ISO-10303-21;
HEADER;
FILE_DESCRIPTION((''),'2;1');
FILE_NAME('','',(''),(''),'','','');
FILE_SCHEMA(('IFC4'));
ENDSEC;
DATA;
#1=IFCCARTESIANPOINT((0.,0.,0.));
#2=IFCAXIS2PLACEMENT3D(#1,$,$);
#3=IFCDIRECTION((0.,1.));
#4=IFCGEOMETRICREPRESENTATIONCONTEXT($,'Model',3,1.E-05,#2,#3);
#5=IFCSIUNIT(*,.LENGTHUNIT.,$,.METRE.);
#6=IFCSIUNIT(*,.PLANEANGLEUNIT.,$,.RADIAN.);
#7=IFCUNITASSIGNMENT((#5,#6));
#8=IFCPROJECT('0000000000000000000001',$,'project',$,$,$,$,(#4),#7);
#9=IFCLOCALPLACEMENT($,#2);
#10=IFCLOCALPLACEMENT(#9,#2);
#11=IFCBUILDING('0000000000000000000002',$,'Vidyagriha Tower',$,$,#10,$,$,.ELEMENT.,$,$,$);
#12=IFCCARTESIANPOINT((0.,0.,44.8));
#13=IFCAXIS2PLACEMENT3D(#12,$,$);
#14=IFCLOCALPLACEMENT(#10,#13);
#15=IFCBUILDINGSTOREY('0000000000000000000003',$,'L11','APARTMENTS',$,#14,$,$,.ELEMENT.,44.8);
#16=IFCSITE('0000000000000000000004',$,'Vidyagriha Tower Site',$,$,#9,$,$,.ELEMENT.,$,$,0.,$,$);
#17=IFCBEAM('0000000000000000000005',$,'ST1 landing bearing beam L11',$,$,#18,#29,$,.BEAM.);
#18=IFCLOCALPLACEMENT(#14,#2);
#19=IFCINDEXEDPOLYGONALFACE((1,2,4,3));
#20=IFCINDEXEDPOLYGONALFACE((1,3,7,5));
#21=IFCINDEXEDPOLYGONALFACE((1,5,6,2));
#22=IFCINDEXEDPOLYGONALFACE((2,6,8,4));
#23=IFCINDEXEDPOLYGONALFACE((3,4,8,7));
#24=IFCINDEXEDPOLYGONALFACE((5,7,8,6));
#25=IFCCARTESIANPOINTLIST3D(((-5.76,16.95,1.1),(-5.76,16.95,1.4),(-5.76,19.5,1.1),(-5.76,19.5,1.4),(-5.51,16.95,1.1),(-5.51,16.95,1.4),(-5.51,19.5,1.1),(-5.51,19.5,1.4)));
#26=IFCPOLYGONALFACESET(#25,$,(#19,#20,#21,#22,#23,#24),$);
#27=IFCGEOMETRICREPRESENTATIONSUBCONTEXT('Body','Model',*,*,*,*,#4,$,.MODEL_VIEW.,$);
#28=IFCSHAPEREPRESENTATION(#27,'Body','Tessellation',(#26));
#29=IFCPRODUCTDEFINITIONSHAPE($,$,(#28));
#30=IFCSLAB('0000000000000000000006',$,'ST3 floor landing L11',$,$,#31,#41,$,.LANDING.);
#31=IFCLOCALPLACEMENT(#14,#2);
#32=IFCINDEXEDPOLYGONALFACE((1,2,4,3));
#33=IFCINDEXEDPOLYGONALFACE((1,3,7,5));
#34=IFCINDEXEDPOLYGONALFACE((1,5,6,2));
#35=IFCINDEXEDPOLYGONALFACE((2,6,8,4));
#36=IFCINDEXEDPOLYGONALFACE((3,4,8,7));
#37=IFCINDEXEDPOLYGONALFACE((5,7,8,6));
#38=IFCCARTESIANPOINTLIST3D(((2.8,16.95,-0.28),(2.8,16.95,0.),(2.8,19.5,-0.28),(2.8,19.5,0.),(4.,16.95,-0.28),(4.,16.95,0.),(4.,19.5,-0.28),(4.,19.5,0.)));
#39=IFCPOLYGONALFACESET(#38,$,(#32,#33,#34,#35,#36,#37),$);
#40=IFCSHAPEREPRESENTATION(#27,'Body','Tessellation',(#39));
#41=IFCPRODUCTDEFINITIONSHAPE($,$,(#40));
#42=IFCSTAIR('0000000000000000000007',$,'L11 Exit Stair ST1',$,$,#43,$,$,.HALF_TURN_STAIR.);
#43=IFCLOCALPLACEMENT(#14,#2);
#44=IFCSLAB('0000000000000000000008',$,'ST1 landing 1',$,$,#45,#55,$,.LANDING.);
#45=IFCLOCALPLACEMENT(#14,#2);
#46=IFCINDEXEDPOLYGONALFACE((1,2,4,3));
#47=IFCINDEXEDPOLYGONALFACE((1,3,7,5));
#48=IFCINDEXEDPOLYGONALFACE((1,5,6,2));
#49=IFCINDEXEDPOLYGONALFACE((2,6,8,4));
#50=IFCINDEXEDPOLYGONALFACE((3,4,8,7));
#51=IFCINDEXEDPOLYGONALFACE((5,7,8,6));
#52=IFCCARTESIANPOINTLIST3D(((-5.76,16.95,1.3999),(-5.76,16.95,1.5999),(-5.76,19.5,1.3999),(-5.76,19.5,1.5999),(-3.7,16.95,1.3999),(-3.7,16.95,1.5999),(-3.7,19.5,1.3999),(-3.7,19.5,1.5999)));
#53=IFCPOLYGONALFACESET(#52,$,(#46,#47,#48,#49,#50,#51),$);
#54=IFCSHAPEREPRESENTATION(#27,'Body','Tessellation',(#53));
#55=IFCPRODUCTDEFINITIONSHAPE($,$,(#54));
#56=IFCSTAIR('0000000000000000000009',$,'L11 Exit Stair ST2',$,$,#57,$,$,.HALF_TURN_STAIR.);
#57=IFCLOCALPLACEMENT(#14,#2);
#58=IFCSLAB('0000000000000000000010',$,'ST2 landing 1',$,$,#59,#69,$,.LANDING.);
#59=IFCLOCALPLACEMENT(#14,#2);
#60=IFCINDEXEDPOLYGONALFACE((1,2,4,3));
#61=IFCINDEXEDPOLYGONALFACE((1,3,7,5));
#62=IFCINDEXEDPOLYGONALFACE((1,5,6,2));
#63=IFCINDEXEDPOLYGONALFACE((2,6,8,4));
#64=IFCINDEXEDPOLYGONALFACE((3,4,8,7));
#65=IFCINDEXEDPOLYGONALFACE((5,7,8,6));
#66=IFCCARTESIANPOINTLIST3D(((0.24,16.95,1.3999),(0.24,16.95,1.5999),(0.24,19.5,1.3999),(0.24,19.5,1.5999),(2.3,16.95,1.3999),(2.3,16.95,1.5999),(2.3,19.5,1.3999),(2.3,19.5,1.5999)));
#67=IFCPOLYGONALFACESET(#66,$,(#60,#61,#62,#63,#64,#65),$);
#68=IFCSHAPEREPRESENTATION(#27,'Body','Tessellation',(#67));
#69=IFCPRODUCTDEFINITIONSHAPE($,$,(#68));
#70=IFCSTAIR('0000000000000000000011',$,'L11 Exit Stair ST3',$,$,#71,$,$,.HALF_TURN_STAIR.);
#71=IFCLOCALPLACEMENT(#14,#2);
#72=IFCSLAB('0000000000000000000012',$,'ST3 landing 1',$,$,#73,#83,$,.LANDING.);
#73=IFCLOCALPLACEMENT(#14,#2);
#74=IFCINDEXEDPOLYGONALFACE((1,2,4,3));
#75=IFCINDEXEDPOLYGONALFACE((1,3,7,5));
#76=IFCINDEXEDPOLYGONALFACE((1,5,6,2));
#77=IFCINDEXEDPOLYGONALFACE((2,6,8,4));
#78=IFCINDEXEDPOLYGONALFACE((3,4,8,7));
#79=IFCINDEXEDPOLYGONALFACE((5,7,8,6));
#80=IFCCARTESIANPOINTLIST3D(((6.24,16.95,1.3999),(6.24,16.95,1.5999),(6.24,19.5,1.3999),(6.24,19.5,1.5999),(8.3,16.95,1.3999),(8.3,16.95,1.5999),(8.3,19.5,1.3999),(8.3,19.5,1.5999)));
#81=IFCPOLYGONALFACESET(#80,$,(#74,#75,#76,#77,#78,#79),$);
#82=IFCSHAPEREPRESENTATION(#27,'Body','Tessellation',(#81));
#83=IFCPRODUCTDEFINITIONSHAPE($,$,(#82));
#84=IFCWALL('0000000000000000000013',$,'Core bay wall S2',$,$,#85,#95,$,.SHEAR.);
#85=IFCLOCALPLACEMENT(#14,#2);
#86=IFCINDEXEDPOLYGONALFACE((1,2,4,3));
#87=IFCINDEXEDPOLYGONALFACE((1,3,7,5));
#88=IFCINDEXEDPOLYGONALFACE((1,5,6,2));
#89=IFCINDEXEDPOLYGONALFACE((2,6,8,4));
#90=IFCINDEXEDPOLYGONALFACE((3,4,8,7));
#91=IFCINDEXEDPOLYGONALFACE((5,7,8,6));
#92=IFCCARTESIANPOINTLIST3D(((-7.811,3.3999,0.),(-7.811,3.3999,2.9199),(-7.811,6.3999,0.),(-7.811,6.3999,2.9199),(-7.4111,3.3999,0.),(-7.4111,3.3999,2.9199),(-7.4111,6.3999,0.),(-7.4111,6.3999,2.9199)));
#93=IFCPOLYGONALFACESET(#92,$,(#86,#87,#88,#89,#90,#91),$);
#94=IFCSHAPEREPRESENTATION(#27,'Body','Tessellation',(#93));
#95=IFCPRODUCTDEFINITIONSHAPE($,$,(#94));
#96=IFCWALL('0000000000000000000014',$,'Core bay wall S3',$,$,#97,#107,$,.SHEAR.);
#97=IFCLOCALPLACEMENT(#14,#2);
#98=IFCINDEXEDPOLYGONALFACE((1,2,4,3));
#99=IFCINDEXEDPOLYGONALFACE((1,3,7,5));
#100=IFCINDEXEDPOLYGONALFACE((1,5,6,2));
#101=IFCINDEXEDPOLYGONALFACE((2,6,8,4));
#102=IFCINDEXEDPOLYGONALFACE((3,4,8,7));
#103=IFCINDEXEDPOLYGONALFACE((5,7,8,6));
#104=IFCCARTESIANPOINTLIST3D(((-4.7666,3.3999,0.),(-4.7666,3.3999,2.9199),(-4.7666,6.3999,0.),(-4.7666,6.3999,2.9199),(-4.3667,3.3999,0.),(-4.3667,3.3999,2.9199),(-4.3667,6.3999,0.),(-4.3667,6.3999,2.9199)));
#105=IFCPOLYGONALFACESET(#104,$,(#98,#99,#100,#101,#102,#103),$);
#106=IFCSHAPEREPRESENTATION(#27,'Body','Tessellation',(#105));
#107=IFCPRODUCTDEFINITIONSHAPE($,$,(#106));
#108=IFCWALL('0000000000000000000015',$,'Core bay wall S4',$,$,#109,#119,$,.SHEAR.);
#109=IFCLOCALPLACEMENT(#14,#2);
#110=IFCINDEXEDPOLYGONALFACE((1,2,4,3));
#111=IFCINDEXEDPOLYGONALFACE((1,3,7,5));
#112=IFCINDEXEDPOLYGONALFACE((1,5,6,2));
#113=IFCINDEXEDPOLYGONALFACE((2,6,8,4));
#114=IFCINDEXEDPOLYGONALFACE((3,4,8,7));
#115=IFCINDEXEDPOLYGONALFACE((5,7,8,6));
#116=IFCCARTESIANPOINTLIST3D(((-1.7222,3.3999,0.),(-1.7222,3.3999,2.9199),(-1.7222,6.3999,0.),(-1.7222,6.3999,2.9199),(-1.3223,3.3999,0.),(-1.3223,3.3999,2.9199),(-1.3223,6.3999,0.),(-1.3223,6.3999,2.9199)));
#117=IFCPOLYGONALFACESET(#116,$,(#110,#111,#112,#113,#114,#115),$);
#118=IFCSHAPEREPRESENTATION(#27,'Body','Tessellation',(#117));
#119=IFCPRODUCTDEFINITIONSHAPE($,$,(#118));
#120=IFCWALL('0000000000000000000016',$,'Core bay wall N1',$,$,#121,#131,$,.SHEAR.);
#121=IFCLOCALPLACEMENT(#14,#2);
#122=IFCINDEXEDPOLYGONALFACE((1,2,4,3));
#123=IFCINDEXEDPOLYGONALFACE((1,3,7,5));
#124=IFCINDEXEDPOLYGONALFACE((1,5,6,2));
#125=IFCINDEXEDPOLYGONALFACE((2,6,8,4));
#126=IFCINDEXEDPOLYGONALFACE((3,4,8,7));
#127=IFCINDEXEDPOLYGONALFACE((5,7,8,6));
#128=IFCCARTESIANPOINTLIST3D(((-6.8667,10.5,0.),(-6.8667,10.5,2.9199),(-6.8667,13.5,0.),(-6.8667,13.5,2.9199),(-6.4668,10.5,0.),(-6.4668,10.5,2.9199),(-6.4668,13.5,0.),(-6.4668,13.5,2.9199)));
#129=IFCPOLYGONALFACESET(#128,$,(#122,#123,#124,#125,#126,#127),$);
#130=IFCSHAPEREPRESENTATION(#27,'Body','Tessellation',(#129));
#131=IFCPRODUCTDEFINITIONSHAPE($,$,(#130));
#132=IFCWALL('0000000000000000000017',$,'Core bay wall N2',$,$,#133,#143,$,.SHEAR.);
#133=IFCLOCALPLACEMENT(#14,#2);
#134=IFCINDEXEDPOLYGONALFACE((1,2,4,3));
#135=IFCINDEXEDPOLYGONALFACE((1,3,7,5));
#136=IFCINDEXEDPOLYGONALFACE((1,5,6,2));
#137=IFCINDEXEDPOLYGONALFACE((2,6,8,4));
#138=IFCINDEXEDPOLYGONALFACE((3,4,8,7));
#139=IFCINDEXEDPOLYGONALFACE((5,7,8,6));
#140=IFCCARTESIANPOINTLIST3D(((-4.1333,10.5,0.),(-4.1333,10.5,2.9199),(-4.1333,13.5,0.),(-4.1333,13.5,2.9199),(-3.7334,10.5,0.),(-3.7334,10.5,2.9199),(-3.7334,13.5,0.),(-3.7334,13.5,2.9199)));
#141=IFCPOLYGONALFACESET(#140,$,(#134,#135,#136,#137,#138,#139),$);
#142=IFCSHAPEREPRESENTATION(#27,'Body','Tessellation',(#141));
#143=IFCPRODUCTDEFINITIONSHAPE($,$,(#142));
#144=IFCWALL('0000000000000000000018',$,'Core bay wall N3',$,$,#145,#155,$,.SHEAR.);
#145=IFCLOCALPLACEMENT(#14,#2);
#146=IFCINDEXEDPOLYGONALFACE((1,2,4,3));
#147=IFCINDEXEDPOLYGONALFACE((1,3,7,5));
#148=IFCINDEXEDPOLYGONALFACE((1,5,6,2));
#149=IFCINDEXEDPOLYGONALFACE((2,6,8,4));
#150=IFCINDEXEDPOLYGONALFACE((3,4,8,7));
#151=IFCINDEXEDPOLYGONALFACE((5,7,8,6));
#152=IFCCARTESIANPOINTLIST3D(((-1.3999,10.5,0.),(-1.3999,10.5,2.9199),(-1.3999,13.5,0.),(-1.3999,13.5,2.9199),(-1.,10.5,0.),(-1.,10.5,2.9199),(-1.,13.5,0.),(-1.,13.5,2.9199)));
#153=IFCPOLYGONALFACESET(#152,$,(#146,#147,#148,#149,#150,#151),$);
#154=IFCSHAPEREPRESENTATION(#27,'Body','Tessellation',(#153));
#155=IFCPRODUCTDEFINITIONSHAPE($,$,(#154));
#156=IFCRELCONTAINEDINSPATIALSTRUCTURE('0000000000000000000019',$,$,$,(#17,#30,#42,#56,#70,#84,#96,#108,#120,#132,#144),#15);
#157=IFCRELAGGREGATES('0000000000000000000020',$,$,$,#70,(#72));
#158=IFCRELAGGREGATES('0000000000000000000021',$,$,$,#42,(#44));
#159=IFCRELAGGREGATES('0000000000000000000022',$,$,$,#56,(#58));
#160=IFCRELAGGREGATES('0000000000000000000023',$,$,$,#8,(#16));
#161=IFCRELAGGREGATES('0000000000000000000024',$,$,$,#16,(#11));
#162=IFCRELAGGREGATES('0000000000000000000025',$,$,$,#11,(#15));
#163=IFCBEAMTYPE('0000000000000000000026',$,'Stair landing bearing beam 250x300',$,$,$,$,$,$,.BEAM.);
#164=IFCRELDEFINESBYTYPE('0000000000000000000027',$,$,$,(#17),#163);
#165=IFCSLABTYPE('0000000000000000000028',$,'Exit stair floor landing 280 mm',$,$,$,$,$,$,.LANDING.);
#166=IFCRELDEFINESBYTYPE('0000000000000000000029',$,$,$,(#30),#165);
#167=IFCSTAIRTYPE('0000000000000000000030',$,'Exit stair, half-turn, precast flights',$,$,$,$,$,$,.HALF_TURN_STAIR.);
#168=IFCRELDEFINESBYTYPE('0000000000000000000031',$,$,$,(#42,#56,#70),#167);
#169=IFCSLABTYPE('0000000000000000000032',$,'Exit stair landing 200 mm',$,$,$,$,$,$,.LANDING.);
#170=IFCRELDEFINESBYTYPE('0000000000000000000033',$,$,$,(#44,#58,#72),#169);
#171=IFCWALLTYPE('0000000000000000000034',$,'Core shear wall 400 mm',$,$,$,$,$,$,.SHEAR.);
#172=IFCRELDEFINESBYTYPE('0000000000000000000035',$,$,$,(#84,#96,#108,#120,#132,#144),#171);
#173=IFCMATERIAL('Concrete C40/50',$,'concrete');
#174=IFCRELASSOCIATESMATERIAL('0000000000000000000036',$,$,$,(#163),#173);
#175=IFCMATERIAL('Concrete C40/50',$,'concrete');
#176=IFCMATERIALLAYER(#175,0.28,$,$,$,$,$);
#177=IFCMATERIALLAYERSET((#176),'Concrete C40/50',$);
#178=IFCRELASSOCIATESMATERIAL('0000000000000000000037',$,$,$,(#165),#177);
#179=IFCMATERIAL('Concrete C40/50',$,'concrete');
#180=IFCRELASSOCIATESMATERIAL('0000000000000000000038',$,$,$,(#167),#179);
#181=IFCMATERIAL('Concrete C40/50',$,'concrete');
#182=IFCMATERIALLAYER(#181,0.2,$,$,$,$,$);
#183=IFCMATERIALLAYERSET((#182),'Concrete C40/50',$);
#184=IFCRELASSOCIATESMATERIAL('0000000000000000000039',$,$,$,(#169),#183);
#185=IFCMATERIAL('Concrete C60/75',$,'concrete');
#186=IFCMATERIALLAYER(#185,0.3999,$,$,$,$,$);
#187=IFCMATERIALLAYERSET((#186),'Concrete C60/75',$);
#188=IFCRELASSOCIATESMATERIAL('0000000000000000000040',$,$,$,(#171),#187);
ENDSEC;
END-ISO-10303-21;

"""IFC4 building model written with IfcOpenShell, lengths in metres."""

from ifc_helpers import new_model, si_unit, direction, frame, frame_2d, origin, origin_2d, place, context, subcontext, project, spatial, polyline, rectangle, outline, extrude, material, layer, layer_set, material_profile, profile_set, type_object, element, aggregate, save


model = new_model("IFC4")

# Units and contexts
model_context = context("Model", 3, precision=1e-05, world=origin(), true_north=direction((0.0, 1.0)))
body_context = subcontext(model_context, "Body", "Model", "MODEL_VIEW")
ifc_project = project(units=[si_unit("LENGTHUNIT", "METRE"), si_unit("PLANEANGLEUNIT", "RADIAN")], contexts=[model_context])

# Site, building, storey
site_placement = place(None, origin())
site = spatial("IfcSite", under=ifc_project, at=site_placement, Name="Vidyagriha Tower Site", CompositionType="ELEMENT", RefElevation=0.0)
building_placement = place(site_placement, origin())
building = spatial("IfcBuilding", under=site, at=building_placement, Name="Vidyagriha Tower", CompositionType="ELEMENT")
storey_placement = place(building_placement, frame((0.0, 0.0, 44.8)))
storey = spatial("IfcBuildingStorey", under=building, at=storey_placement, Name="L11", Description="APARTMENTS", CompositionType="ELEMENT", Elevation=44.8)

# Beam
ifc_material_1 = material(Name="Concrete C40/50", Category="concrete")
ifc_material_profile = material_profile(ifc_material_1, rectangle(XDim=0.25, YDim=0.3, at=origin_2d()), Name="Stair landing bearing beam 250x300")
ifc_profile_set = profile_set([ifc_material_profile], Name="Concrete C40/50")
beam_type = type_object("IfcBeamType", Name="Stair landing bearing beam 250x300", PredefinedType="BEAM", material=ifc_profile_set)
beam_placement = place(storey_placement, frame((-5.635, 16.95, 1.25), z_axis=(0.0, 1.0, 0.0), x_axis=(-1.0, 0.0, 0.0)))
element("IfcBeam", 1, at=beam_placement, inside=storey, type_object=beam_type, Name="ST1 landing bearing beam L11", PredefinedType="BEAM", context=body_context, shape_type="SweptSolid", body=[
    extrude(rectangle(XDim=0.25, YDim=0.3, at=origin_2d()), origin(), (0.0, 0.0, 1.0), 2.55),
])

# Slab
ifc_material_2 = material(Name="Concrete C40/50", Category="concrete")
ifc_layer_1 = layer(ifc_material_2, 0.28)
ifc_layer_set_1 = layer_set([ifc_layer_1], Name="Concrete C40/50")
slab_type_1 = type_object("IfcSlabType", Name="Exit stair floor landing 280 mm", PredefinedType="LANDING", material=ifc_layer_set_1)
slab_1_placement = place(storey_placement, frame((0.0, 0.0, -0.28)))
element("IfcSlab", 2, at=slab_1_placement, inside=storey, type_object=slab_type_1, Name="ST3 floor landing L11", PredefinedType="LANDING", context=body_context, shape_type="SweptSolid", body=[
    extrude(outline(polyline([(2.8, 16.95), (4.0, 16.95), (4.0, 19.5), (2.8, 19.5), (2.8, 16.95)])), origin(), (0.0, 0.0, 1.0), 0.28),
])

# Stairs, slabs
ifc_material_3 = material(Name="Concrete C40/50", Category="concrete")
stair_type = type_object("IfcStairType", Name="Exit stair, half-turn, precast flights", PredefinedType="HALF_TURN_STAIR", material=ifc_material_3)
stair_1_placement = place(storey_placement, origin())
stair_1 = element("IfcStair", 3, at=stair_1_placement, inside=storey, type_object=stair_type, Name="L11 Exit Stair ST1", PredefinedType="HALF_TURN_STAIR")
ifc_material_4 = material(Name="Concrete C40/50", Category="concrete")
ifc_layer_2 = layer(ifc_material_4, 0.2)
ifc_layer_set_2 = layer_set([ifc_layer_2], Name="Concrete C40/50")
slab_type_2 = type_object("IfcSlabType", Name="Exit stair landing 200 mm", PredefinedType="LANDING", material=ifc_layer_set_2)
slab_2_placement = place(storey_placement, frame((0.0, 0.0, 1.3999)))
slab_2 = element("IfcSlab", 4, at=slab_2_placement, type_object=slab_type_2, Name="ST1 landing 1", PredefinedType="LANDING", context=body_context, shape_type="SweptSolid", body=[
    extrude(outline(polyline([(-5.76, 16.95), (-3.7, 16.95), (-3.7, 19.5), (-5.76, 19.5), (-5.76, 16.95)])), origin(), (0.0, 0.0, 1.0), 0.2),
])
stair_2_placement = place(storey_placement, origin())
stair_2 = element("IfcStair", 5, at=stair_2_placement, inside=storey, type_object=stair_type, Name="L11 Exit Stair ST2", PredefinedType="HALF_TURN_STAIR")
slab_3_placement = place(storey_placement, frame((0.0, 0.0, 1.3999)))
slab_3 = element("IfcSlab", 6, at=slab_3_placement, type_object=slab_type_2, Name="ST2 landing 1", PredefinedType="LANDING", context=body_context, shape_type="SweptSolid", body=[
    extrude(outline(polyline([(0.24, 16.95), (2.3, 16.95), (2.3, 19.5), (0.24, 19.5), (0.24, 16.95)])), origin(), (0.0, 0.0, 1.0), 0.2),
])
stair_3_placement = place(storey_placement, origin())
stair_3 = element("IfcStair", 7, at=stair_3_placement, inside=storey, type_object=stair_type, Name="L11 Exit Stair ST3", PredefinedType="HALF_TURN_STAIR")
slab_4_placement = place(storey_placement, frame((0.0, 0.0, 1.3999)))
slab_4 = element("IfcSlab", 8, at=slab_4_placement, type_object=slab_type_2, Name="ST3 landing 1", PredefinedType="LANDING", context=body_context, shape_type="SweptSolid", body=[
    extrude(outline(polyline([(6.24, 16.95), (8.3, 16.95), (8.3, 19.5), (6.24, 19.5), (6.24, 16.95)])), origin(), (0.0, 0.0, 1.0), 0.2),
])
aggregate(stair_3, [slab_4])

# Walls
ifc_material_5 = material(Name="Concrete C60/75", Category="concrete")
ifc_layer_3 = layer(ifc_material_5, 0.3999)
ifc_layer_set_3 = layer_set([ifc_layer_3], Name="Concrete C60/75")
wall_type_1 = type_object("IfcWallType", Name="Core shear wall 400 mm", PredefinedType="SHEAR", material=ifc_layer_set_3)
for number, where, z_axis, x_axis, name in (
    (9, (-7.6111, 3.3999, 0.0), (0.0, 0.0, 1.0), (0.0, 1.0, 0.0), "Core bay wall S2"),
    (10, (-4.5667, 3.3999, 0.0), (0.0, 0.0, 1.0), (0.0, 1.0, 0.0), "Core bay wall S3"),
    (11, (-1.5222, 3.3999, 0.0), (0.0, 0.0, 1.0), (0.0, 1.0, 0.0), "Core bay wall S4"),
    (12, (-6.6667, 10.5, 0.0), (0.0, 0.0, 1.0), (0.0, 1.0, 0.0), "Core bay wall N1"),
    (13, (-3.9333, 10.5, 0.0), (0.0, 0.0, 1.0), (0.0, 1.0, 0.0), "Core bay wall N2"),
    (14, (-1.2, 10.5, 0.0), (0.0, 0.0, 1.0), (0.0, 1.0, 0.0), "Core bay wall N3"),
):
    element("IfcWall", number, at=place(storey_placement, frame(where, z_axis=z_axis, x_axis=x_axis)), inside=storey, type_object=wall_type_1, Name=name, PredefinedType="SHEAR", context=body_context, shape_type="SweptSolid", body=[
        extrude(rectangle(XDim=3.0, YDim=0.3999, at=frame_2d((1.5, 0.0))), origin(), (0.0, 0.0, 1.0), 2.9199),
    ])

aggregate(stair_1, [slab_2])
aggregate(stair_2, [slab_3])

save(model, "model.ifc")
